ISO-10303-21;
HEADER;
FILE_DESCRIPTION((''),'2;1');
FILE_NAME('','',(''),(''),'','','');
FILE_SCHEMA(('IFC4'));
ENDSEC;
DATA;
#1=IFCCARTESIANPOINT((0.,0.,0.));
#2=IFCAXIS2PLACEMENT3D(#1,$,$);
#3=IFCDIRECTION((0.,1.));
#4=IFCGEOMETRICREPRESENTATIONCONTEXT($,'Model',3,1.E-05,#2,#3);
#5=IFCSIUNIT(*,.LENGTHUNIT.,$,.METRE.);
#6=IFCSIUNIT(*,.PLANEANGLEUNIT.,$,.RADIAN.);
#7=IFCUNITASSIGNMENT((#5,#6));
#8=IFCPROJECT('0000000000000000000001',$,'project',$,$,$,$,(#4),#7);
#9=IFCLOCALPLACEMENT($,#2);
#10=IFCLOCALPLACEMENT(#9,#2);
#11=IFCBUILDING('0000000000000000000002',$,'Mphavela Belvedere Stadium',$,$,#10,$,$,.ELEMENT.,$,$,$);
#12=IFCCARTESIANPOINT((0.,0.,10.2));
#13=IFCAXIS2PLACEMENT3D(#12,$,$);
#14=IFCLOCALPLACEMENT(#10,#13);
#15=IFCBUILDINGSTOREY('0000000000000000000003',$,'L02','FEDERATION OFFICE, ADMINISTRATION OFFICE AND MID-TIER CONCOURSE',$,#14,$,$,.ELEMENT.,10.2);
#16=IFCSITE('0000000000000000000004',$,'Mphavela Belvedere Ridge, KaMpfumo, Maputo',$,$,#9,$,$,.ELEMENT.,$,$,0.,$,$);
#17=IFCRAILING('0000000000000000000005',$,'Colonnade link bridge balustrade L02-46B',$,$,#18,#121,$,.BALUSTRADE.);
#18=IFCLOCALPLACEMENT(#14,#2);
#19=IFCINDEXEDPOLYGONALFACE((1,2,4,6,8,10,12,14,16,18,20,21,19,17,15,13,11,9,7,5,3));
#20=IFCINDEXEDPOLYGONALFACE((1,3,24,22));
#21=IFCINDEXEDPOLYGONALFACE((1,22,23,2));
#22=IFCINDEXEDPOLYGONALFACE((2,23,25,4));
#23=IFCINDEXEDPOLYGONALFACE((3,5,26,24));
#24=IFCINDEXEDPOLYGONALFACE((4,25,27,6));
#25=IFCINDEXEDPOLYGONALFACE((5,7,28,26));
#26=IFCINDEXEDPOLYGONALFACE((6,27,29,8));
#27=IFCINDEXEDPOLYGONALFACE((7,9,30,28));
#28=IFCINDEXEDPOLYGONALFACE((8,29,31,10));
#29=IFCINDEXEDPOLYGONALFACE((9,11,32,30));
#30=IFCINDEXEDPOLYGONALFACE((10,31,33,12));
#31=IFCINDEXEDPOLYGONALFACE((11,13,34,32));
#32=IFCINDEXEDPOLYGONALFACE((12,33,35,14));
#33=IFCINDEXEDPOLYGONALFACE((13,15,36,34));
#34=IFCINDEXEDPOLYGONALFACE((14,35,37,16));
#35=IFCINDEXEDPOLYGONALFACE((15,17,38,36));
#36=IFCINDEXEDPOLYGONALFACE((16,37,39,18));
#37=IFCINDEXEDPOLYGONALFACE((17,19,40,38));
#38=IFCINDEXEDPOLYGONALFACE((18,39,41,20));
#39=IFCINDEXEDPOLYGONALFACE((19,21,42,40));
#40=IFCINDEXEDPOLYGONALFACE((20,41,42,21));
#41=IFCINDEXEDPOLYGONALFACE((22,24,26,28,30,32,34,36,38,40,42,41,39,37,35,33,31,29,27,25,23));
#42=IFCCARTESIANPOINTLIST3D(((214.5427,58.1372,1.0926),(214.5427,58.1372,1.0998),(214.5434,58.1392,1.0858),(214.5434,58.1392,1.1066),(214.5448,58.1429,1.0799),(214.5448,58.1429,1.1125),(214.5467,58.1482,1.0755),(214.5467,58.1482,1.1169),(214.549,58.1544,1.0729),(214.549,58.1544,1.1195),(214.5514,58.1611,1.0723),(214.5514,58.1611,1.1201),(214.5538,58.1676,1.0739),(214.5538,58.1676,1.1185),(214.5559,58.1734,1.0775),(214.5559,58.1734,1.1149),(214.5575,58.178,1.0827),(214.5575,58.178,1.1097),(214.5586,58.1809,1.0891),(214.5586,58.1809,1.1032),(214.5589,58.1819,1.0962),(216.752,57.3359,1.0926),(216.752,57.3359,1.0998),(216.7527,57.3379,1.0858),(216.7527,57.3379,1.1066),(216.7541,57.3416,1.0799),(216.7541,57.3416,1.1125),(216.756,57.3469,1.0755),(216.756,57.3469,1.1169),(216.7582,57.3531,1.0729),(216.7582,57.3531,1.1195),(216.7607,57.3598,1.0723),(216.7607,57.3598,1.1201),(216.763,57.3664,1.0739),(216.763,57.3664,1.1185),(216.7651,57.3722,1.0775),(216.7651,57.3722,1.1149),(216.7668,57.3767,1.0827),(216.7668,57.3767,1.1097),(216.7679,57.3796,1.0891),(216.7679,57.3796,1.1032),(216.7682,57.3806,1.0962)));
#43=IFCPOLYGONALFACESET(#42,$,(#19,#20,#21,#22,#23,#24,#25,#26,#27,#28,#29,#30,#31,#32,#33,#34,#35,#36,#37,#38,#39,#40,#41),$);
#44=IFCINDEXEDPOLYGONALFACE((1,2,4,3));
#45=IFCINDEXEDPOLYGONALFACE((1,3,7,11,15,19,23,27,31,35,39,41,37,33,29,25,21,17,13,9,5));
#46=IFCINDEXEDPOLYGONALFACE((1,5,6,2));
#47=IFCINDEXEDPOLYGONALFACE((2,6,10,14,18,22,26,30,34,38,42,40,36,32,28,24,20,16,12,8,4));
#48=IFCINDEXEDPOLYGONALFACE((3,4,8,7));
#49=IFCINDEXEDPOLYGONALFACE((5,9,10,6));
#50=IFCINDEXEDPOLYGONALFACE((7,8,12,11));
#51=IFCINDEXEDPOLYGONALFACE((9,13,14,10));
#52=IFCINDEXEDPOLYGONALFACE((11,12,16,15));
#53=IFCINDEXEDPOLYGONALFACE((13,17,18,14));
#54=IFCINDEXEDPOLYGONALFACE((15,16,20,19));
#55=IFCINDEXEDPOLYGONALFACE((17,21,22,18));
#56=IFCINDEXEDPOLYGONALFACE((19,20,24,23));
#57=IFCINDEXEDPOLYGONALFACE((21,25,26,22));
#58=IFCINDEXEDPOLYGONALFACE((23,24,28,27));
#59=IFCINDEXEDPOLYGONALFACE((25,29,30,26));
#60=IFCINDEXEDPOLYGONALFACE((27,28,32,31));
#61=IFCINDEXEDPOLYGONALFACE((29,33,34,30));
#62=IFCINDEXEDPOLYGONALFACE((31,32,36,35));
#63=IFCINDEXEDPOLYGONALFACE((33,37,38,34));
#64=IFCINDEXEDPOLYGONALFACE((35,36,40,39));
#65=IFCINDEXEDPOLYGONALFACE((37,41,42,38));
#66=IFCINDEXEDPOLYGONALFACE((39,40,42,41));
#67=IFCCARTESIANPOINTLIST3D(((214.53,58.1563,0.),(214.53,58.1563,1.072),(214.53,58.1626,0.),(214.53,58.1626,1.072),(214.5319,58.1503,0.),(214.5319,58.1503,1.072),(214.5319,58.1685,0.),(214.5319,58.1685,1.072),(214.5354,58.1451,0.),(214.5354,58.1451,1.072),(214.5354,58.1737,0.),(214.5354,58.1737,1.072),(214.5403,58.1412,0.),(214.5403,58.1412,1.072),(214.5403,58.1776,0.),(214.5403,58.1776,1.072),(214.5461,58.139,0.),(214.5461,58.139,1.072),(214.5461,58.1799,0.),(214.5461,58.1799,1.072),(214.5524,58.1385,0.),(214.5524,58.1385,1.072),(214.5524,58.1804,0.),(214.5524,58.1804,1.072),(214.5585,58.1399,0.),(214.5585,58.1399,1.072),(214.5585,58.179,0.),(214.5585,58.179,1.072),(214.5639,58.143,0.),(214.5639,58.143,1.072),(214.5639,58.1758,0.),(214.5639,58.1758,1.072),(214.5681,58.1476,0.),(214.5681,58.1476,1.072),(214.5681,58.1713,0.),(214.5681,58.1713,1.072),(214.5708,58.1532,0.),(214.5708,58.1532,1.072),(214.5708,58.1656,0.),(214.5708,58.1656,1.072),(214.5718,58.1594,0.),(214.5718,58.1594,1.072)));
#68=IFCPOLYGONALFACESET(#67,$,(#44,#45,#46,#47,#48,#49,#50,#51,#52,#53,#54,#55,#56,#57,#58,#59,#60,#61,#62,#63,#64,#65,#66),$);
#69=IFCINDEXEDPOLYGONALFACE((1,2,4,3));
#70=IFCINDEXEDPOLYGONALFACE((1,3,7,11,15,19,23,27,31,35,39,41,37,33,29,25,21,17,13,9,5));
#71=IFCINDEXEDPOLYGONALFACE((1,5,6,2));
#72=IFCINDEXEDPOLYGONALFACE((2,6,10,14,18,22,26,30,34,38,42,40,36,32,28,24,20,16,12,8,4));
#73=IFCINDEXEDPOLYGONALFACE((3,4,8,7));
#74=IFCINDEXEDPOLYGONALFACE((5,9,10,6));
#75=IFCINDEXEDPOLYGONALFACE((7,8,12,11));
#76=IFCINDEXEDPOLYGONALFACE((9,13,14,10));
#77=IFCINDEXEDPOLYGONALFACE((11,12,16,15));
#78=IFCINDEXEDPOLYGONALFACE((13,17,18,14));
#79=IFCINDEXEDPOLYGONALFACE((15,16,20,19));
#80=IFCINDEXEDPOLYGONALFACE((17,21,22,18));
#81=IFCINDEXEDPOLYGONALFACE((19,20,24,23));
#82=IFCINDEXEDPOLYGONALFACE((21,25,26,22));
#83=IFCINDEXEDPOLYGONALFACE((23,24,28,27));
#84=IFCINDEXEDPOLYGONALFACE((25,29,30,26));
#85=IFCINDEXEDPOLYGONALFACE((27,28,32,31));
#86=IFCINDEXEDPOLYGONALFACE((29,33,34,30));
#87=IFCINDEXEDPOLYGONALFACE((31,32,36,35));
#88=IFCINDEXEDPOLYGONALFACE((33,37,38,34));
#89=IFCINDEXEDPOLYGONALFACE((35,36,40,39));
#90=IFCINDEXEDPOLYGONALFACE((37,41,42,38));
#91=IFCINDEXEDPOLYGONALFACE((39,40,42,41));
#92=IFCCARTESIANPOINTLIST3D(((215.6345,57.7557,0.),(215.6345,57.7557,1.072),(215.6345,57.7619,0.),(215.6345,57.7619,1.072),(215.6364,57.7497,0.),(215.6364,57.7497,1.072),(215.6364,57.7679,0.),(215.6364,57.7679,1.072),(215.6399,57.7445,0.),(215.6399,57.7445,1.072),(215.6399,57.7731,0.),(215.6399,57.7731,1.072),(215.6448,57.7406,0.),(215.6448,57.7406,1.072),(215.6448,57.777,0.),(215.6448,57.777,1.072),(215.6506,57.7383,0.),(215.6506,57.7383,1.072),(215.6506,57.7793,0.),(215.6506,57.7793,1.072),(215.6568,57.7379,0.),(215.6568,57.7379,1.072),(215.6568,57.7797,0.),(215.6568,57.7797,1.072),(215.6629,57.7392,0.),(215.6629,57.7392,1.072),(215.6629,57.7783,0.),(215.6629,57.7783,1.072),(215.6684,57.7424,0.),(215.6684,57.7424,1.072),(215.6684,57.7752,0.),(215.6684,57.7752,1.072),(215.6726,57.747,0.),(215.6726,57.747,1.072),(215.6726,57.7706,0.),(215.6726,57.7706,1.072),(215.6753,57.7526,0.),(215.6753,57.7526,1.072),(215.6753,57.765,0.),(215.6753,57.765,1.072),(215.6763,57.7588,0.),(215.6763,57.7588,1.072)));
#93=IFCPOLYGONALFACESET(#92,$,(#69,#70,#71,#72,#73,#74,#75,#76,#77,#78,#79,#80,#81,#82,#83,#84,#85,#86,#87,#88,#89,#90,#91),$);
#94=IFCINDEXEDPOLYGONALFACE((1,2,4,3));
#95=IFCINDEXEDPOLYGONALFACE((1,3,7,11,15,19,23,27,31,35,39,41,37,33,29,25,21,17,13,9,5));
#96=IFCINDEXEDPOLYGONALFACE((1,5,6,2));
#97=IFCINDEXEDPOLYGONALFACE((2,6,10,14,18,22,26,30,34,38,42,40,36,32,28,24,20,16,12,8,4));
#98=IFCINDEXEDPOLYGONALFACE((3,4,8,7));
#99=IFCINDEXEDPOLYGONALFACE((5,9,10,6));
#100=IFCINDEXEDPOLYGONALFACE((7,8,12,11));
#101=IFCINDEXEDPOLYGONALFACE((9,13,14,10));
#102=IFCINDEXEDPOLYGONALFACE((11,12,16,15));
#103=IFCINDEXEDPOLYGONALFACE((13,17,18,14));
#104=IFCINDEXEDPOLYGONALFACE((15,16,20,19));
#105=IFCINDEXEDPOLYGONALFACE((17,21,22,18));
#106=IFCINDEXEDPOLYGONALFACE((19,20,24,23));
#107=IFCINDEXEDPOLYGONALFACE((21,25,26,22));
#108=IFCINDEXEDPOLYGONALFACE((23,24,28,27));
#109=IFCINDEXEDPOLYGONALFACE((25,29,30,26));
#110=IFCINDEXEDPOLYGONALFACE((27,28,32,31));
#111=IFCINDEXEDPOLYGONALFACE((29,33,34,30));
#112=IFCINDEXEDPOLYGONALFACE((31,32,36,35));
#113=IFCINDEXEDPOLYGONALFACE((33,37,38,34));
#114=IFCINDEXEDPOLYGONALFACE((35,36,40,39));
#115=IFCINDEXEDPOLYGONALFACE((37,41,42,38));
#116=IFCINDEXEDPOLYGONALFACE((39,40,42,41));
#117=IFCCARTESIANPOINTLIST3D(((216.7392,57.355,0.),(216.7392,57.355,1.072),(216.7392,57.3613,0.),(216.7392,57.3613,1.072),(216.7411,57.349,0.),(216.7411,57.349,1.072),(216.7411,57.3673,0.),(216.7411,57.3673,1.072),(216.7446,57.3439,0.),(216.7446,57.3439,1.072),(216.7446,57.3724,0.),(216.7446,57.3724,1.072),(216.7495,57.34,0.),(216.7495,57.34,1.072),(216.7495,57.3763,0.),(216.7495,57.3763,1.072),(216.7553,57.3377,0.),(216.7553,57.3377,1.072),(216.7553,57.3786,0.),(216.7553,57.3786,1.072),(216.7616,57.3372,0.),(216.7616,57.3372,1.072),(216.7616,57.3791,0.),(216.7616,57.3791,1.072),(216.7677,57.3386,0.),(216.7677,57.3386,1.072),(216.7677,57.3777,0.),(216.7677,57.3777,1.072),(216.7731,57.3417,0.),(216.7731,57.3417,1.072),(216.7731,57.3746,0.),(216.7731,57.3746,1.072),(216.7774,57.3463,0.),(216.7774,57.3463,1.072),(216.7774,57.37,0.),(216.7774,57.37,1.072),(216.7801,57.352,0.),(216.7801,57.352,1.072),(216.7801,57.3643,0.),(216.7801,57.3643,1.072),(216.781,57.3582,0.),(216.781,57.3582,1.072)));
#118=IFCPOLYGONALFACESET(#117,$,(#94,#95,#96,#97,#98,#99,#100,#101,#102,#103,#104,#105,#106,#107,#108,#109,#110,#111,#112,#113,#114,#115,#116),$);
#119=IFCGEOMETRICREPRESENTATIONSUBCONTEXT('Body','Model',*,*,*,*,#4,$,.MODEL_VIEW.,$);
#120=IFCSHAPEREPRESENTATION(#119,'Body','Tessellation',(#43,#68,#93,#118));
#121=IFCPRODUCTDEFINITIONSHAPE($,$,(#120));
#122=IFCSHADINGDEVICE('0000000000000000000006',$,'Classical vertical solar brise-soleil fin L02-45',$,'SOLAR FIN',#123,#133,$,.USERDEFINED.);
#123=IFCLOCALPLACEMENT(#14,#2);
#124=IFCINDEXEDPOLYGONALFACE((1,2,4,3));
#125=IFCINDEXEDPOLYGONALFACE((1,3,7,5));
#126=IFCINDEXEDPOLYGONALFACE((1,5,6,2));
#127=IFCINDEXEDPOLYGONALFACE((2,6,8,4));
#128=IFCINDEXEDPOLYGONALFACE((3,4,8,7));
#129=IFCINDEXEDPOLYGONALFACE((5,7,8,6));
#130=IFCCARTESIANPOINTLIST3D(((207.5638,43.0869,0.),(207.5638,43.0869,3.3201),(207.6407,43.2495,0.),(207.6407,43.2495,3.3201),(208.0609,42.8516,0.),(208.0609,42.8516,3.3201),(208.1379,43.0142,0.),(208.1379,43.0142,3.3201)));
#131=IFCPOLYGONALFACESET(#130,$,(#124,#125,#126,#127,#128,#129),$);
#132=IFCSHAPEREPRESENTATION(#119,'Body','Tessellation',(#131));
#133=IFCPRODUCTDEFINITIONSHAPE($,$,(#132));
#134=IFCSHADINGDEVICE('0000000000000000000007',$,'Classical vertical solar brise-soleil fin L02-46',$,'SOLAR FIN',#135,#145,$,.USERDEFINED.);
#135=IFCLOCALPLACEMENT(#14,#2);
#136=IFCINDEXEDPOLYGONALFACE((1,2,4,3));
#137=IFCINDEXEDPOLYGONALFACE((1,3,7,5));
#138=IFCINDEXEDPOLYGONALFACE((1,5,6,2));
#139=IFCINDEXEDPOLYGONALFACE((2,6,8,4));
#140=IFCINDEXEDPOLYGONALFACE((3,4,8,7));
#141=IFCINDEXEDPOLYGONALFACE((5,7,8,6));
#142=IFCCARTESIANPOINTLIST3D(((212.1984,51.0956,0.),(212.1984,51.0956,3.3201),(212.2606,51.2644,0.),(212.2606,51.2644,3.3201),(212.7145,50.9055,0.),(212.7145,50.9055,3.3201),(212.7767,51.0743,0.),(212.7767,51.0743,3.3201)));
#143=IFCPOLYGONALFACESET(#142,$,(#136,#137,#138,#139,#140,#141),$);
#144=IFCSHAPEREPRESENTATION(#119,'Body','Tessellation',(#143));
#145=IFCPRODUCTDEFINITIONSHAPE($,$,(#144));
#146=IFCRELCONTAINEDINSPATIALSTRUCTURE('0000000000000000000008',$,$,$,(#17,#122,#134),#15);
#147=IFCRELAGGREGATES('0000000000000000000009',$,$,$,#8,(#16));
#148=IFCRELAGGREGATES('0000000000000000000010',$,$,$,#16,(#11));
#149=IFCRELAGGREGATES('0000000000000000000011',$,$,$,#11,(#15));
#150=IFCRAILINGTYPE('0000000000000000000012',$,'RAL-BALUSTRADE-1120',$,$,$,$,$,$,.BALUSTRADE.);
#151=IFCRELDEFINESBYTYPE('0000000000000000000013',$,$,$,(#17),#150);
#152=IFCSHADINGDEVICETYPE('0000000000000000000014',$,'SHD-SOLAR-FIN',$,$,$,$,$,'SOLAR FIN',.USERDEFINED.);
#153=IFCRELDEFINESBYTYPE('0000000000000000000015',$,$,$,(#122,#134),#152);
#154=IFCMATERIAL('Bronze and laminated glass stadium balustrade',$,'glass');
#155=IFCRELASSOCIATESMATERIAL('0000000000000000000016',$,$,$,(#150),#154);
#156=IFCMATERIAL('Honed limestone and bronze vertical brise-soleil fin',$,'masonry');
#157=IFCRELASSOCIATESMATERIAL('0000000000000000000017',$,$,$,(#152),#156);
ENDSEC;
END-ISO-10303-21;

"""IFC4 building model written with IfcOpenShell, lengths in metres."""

from ifc_helpers import new_model, si_unit, direction, frame, origin, origin_2d, place, context, subcontext, project, spatial, rectangle, circle, extrude, material, type_object, element, save


model = new_model("IFC4")

# Units and contexts
model_context = context("Model", 3, precision=1e-05, world=origin(), true_north=direction((0.0, 1.0)))
body_context = subcontext(model_context, "Body", "Model", "MODEL_VIEW")
ifc_project = project(units=[si_unit("LENGTHUNIT", "METRE"), si_unit("PLANEANGLEUNIT", "RADIAN")], contexts=[model_context])

# Site, building, storey
site_placement = place(None, origin())
site = spatial("IfcSite", under=ifc_project, at=site_placement, Name="Mphavela Belvedere Ridge, KaMpfumo, Maputo", CompositionType="ELEMENT", RefElevation=0.0)
building_placement = place(site_placement, origin())
building = spatial("IfcBuilding", under=site, at=building_placement, Name="Mphavela Belvedere Stadium", CompositionType="ELEMENT")
storey_placement = place(building_placement, frame((0.0, 0.0, 10.2)))
storey = spatial("IfcBuildingStorey", under=building, at=storey_placement, Name="L02", Description="FEDERATION OFFICE, ADMINISTRATION OFFICE AND MID-TIER CONCOURSE", CompositionType="ELEMENT", Elevation=10.2)

# Railing
ifc_material_1 = material(Name="Bronze and laminated glass stadium balustrade", Category="glass")
railing_type = type_object("IfcRailingType", Name="RAL-BALUSTRADE-1120", PredefinedType="BALUSTRADE", material=ifc_material_1)
railing_1_placement = place(storey_placement, frame((214.5508, 58.1594, 0.0)))
element("IfcRailing", 1, at=railing_1_placement, inside=storey, type_object=railing_type, Name="Colonnade link bridge balustrade L02-46B", PredefinedType="BALUSTRADE", context=body_context, shape_type="SweptSolid", body=[
    extrude(circle(Radius=0.0239, at=origin_2d()), frame((0.0, 0.0, 1.0962), z_axis=(0.940078, -0.340959, 0.0), x_axis=(0.340959, 0.940078, 0.0)), (0.0, 0.0, 1.0), 2.3501),
    extrude(circle(Radius=0.021, at=origin_2d()), origin(), (0.0, 0.0, 1.0), 1.072),
    extrude(circle(Radius=0.021, at=origin_2d()), frame((1.1045, -0.4006, 0.0)), (0.0, 0.0, 1.0), 1.072),
    extrude(circle(Radius=0.021, at=origin_2d()), frame((2.2092, -0.8013, 0.0)), (0.0, 0.0, 1.0), 1.072),
])

# Shading devices
ifc_material_2 = material(Name="Honed limestone and bronze vertical brise-soleil fin", Category="masonry")
shading_device_type = type_object("IfcShadingDeviceType", Name="SHD-SOLAR-FIN", ElementType="SOLAR FIN", PredefinedType="USERDEFINED", material=ifc_material_2)
for number, where, z_axis, x_axis, name in (
    (2, (207.8508, 43.0505, 0.0), (0.0, 0.0, 1.0), (0.903859, -0.427831, 0.0), "Classical vertical solar brise-soleil fin L02-45"),
    (3, (212.4875, 51.085, 0.0), (0.0, 0.0, 1.0), (0.938372, -0.345626, 0.0), "Classical vertical solar brise-soleil fin L02-46"),
):
    element("IfcShadingDevice", number, at=place(storey_placement, frame(where, z_axis=z_axis, x_axis=x_axis)), inside=storey, type_object=shading_device_type, Name=name, ObjectType="SOLAR FIN", PredefinedType="USERDEFINED", context=body_context, shape_type="SweptSolid", body=[
        extrude(rectangle(XDim=0.55, YDim=0.1799, at=origin_2d()), origin(), (0.0, 0.0, 1.0), 3.3201),
    ])

save(model, "model.ifc")
